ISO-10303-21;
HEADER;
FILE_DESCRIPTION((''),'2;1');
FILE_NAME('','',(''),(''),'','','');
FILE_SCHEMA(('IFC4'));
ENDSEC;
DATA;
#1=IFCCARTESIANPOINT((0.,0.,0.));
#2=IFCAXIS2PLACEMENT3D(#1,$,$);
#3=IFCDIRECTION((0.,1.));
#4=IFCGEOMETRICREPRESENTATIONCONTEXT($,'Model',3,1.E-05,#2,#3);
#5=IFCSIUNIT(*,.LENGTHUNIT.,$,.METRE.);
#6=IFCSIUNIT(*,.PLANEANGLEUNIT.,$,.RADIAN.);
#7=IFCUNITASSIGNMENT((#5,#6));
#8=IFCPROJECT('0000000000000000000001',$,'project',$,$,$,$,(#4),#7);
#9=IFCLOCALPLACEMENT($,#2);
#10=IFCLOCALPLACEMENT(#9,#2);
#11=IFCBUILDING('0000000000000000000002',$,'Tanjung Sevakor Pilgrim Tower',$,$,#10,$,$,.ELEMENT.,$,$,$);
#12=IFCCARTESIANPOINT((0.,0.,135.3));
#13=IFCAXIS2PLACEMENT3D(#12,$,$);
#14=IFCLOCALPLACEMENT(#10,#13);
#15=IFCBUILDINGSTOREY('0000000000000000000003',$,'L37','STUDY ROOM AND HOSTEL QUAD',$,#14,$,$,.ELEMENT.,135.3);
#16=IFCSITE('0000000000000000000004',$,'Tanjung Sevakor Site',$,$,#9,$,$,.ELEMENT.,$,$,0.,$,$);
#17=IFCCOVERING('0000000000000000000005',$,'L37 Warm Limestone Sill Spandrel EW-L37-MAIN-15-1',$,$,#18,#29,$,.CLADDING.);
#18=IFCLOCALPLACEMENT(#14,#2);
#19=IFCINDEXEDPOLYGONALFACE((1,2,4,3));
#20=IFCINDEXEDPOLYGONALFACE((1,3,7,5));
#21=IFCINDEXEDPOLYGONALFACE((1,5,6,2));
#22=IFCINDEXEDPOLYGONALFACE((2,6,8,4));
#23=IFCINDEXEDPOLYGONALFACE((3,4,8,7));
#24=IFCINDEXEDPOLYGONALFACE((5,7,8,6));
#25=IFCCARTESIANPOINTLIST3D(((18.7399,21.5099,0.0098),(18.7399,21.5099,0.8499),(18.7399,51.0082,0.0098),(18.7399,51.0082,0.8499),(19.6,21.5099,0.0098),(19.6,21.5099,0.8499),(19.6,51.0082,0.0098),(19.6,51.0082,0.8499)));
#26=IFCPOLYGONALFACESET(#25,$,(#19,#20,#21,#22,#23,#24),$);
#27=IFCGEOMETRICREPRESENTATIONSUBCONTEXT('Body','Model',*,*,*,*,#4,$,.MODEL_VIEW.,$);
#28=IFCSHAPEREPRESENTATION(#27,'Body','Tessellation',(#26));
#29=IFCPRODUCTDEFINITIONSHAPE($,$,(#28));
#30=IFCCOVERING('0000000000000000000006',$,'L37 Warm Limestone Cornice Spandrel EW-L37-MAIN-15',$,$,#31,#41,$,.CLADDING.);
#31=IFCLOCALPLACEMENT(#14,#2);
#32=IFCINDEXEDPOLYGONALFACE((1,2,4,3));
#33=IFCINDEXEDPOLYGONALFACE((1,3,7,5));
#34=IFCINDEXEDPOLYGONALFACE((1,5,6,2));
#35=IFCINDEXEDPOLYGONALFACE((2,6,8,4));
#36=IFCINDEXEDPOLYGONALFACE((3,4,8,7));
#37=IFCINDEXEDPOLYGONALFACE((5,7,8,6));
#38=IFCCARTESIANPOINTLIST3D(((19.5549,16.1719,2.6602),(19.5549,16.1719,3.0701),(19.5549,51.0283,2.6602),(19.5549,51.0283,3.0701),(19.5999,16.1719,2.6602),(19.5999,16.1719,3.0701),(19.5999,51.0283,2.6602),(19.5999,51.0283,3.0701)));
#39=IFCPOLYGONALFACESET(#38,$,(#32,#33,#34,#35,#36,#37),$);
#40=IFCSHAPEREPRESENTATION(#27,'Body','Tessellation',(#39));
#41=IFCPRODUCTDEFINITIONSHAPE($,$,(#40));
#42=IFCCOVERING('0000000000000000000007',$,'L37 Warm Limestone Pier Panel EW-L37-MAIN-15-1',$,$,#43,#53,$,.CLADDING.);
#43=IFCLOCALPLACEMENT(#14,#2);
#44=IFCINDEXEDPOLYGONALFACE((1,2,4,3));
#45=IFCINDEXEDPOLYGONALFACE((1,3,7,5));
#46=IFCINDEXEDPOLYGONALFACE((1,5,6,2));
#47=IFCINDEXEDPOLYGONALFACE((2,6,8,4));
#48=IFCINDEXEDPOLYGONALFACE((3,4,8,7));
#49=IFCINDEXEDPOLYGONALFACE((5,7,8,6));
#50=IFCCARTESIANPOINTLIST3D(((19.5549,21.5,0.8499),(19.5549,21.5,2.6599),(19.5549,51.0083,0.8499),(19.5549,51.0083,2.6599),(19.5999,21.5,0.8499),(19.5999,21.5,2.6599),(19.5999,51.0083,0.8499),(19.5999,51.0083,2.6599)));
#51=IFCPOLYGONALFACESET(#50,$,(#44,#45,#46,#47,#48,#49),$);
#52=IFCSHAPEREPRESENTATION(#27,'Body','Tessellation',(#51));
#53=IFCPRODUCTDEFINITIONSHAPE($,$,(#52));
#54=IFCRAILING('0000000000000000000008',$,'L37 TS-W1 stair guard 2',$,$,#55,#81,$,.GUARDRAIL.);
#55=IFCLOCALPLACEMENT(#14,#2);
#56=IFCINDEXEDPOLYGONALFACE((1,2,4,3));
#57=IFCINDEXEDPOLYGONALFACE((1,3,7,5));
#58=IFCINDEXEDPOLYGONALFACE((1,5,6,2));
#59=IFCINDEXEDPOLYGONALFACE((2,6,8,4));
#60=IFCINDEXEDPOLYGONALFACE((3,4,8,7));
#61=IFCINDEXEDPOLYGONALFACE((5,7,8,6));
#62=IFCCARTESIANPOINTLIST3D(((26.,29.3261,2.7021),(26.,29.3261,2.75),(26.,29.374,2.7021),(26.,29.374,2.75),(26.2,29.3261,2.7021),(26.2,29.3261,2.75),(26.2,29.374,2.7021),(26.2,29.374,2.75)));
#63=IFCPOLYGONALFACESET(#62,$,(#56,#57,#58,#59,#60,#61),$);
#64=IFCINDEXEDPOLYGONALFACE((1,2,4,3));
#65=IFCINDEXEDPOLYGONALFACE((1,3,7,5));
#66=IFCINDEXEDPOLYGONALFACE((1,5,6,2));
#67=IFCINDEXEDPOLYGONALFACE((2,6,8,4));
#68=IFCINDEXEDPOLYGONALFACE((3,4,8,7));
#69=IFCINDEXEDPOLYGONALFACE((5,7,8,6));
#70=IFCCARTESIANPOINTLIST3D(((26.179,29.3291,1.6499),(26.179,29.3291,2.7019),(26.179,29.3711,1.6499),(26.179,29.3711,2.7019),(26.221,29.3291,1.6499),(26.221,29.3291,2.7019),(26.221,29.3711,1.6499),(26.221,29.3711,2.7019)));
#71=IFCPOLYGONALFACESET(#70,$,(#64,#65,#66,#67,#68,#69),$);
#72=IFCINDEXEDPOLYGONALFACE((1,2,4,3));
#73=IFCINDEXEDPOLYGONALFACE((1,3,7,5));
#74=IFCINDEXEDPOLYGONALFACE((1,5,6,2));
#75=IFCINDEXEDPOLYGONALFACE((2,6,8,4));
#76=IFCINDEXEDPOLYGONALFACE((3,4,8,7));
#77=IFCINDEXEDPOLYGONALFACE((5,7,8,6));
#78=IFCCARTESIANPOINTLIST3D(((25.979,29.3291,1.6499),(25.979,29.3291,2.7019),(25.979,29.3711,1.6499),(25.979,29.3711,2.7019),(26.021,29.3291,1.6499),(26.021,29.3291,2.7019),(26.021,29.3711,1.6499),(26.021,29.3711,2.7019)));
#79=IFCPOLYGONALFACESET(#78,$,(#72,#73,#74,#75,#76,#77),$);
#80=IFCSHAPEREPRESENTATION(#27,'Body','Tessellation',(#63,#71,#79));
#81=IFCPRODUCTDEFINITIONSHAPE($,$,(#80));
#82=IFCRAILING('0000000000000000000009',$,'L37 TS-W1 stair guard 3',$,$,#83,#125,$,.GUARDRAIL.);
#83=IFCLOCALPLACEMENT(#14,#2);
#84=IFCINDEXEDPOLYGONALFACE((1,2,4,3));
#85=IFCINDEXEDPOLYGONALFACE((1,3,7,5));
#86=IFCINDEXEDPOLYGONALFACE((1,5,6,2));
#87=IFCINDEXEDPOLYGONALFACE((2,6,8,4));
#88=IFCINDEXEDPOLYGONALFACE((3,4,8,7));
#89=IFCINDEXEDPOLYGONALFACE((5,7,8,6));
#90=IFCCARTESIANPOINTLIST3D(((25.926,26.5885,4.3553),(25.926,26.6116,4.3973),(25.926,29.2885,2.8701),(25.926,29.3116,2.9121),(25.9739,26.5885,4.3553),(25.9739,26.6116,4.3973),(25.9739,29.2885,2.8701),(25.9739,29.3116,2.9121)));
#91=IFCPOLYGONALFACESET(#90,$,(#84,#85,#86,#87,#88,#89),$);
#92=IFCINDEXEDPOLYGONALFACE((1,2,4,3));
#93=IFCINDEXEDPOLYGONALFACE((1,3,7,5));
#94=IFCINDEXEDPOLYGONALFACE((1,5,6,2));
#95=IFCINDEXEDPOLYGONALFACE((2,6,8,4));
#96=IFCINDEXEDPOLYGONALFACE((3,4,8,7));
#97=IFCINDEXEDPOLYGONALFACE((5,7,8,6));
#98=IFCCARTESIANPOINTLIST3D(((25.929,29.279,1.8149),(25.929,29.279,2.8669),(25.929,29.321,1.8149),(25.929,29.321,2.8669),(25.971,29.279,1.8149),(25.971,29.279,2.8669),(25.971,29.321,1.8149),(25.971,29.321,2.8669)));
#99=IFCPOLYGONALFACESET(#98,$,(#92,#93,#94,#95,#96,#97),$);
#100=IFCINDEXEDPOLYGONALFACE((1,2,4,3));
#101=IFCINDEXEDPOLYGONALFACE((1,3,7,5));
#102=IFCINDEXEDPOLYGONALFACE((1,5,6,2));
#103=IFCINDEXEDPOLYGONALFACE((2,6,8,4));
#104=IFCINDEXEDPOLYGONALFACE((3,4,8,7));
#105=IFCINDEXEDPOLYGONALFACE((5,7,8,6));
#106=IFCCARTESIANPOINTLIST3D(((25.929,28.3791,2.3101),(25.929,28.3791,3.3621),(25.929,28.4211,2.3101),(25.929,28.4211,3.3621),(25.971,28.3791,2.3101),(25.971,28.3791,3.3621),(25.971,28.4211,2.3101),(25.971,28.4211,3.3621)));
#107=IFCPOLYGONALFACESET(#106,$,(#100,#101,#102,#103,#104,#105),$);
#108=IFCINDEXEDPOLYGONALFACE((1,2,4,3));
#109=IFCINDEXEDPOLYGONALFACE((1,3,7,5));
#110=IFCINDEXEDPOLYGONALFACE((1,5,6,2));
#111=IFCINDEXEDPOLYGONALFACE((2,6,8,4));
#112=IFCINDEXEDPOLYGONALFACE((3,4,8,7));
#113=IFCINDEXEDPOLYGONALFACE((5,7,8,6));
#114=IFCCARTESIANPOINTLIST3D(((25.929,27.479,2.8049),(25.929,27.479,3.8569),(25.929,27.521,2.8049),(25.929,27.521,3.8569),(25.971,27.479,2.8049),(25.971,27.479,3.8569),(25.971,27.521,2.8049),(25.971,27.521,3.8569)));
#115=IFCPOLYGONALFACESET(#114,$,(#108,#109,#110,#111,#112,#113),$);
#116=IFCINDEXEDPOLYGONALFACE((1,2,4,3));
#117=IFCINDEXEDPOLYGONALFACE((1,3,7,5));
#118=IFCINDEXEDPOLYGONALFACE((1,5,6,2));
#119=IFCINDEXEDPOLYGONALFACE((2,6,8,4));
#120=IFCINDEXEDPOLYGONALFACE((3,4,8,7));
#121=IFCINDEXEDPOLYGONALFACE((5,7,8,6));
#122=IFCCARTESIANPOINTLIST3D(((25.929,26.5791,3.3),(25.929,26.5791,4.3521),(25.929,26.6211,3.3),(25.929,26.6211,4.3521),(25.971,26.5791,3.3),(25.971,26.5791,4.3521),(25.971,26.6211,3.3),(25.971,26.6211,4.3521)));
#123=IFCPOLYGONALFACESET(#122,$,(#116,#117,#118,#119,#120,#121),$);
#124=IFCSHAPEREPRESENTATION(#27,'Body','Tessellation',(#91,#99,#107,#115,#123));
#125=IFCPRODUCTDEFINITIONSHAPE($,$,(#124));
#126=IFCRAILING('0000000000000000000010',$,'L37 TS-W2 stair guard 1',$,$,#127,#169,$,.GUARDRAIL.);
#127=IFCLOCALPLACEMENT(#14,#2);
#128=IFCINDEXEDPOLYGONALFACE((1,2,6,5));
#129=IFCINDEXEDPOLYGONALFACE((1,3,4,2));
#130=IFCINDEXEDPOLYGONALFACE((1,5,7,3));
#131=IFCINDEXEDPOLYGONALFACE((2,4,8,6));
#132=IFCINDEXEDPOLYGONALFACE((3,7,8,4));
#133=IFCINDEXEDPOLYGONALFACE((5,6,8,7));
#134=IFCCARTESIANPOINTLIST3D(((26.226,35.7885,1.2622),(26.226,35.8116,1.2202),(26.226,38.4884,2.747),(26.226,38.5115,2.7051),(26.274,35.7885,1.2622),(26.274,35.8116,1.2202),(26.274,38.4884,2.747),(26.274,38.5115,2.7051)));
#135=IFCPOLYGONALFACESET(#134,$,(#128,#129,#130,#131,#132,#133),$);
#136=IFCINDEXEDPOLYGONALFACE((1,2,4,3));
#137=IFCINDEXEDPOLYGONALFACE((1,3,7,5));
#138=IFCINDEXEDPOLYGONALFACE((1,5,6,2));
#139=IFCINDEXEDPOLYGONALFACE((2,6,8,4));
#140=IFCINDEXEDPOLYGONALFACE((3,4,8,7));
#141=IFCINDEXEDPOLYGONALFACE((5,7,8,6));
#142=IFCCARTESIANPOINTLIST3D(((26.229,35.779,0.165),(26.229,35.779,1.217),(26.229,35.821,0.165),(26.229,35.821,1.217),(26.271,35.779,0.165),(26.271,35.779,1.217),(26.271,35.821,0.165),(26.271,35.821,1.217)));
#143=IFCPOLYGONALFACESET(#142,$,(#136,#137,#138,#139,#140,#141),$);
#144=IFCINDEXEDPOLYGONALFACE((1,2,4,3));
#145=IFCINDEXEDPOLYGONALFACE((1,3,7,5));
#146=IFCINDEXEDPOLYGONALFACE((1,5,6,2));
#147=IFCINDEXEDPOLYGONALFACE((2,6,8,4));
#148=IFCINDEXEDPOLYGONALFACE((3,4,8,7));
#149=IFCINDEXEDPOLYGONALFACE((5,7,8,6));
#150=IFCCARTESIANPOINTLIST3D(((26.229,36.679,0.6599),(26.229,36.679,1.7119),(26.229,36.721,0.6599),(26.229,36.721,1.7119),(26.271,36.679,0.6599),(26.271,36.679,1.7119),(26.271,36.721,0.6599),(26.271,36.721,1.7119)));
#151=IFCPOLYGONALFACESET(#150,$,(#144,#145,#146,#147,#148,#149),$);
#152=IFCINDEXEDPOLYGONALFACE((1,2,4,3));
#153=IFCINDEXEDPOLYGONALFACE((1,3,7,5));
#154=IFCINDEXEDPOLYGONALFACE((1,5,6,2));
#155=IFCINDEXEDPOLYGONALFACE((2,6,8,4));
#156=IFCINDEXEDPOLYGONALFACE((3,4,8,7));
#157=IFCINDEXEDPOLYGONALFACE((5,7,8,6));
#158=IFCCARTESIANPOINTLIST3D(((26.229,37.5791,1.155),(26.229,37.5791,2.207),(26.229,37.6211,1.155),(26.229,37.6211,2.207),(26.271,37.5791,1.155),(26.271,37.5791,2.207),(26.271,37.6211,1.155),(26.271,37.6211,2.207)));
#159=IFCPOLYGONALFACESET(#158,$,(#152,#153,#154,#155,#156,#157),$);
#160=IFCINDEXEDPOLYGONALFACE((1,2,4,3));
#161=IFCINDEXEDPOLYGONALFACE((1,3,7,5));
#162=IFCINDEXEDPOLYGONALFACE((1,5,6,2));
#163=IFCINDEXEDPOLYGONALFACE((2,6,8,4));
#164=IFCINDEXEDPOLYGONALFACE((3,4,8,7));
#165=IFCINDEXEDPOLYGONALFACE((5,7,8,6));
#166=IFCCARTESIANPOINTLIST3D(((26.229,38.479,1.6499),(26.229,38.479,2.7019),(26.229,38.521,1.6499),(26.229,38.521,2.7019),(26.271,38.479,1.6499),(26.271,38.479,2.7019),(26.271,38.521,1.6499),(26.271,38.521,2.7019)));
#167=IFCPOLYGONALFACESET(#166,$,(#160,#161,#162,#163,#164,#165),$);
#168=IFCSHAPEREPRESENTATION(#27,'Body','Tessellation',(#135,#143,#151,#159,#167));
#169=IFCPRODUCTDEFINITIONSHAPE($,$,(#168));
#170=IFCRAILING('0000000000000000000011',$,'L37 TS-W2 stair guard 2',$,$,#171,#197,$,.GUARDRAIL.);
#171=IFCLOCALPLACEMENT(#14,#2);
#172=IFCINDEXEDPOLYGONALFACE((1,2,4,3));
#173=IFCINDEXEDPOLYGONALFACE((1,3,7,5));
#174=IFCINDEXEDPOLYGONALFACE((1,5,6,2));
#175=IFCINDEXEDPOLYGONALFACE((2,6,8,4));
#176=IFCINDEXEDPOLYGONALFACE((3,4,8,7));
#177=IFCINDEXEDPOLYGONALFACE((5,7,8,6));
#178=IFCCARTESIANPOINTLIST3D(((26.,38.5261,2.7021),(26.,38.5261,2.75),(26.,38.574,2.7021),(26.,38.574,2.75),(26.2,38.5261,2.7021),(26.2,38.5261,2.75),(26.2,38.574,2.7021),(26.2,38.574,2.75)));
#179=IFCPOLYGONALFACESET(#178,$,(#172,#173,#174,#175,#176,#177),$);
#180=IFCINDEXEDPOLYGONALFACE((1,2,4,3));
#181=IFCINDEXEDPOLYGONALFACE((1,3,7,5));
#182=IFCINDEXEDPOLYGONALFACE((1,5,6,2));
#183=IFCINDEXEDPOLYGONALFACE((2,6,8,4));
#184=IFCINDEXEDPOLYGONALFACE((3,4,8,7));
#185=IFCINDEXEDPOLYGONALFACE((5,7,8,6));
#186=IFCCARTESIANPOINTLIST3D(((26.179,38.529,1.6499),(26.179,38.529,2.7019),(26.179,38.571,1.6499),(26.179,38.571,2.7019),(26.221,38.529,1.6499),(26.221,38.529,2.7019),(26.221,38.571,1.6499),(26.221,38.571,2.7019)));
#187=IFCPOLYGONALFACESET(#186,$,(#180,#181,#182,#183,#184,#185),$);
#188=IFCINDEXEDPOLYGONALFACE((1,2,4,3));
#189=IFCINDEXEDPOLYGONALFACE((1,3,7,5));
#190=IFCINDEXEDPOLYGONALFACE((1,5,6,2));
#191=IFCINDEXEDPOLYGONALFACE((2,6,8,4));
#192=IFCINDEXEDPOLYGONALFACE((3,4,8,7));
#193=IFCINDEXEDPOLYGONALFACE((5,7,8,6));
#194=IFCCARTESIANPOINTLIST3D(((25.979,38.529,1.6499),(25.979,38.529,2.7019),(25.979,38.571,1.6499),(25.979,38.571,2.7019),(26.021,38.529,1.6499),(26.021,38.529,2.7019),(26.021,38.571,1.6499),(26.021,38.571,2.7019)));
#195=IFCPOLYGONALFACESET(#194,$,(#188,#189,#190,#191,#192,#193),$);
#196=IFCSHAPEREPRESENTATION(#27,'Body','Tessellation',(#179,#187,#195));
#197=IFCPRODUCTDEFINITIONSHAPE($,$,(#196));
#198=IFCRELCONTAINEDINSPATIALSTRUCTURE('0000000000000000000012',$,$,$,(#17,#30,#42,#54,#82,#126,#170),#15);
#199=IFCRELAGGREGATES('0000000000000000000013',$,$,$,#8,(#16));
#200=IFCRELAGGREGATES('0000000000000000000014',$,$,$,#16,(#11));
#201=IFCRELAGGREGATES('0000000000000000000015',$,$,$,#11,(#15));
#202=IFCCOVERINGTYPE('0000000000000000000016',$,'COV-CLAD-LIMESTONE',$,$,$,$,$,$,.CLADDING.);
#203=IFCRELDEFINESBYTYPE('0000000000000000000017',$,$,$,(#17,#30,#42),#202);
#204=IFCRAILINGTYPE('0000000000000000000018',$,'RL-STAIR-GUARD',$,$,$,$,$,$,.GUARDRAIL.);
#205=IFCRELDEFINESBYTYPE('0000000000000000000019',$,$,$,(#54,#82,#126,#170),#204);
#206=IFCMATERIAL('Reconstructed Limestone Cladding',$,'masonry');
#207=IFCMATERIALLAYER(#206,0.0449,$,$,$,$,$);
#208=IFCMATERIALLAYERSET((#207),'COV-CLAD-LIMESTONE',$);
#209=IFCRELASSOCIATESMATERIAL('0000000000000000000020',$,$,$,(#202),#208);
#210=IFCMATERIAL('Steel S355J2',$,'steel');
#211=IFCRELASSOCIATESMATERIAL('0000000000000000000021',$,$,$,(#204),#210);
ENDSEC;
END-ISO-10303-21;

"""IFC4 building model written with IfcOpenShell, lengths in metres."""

from ifc_helpers import new_model, si_unit, direction, frame, origin, origin_2d, place, context, subcontext, project, spatial, rectangle, extrude, material, layer, layer_set, type_object, element, save


model = new_model("IFC4")

# Units and contexts
model_context = context("Model", 3, precision=1e-05, world=origin(), true_north=direction((0.0, 1.0)))
body_context = subcontext(model_context, "Body", "Model", "MODEL_VIEW")
ifc_project = project(units=[si_unit("LENGTHUNIT", "METRE"), si_unit("PLANEANGLEUNIT", "RADIAN")], contexts=[model_context])

# Site, building, storey
site_placement = place(None, origin())
site = spatial("IfcSite", under=ifc_project, at=site_placement, Name="Tanjung Sevakor Site", CompositionType="ELEMENT", RefElevation=0.0)
building_placement = place(site_placement, origin())
building = spatial("IfcBuilding", under=site, at=building_placement, Name="Tanjung Sevakor Pilgrim Tower", CompositionType="ELEMENT")
storey_placement = place(building_placement, frame((0.0, 0.0, 135.3)))
storey = spatial("IfcBuildingStorey", under=building, at=storey_placement, Name="L37", Description="STUDY ROOM AND HOSTEL QUAD", CompositionType="ELEMENT", Elevation=135.3)

# Coverings
ifc_material_1 = material(Name="Reconstructed Limestone Cladding", Category="masonry")
ifc_layer_1 = layer(ifc_material_1, 0.0449)
ifc_layer_set_1 = layer_set([ifc_layer_1], Name="COV-CLAD-LIMESTONE")
covering_type = type_object("IfcCoveringType", Name="COV-CLAD-LIMESTONE", PredefinedType="CLADDING", material=ifc_layer_set_1)
covering_1_placement = place(storey_placement, frame((19.1699, 36.259, 0.0098), z_axis=(0.0, 0.0, 1.0), x_axis=(0.0, -1.0, 0.0)))
element("IfcCovering", 1, at=covering_1_placement, inside=storey, type_object=covering_type, Name="L37 Warm Limestone Sill Spandrel EW-L37-MAIN-15-1", PredefinedType="CLADDING", context=body_context, shape_type="SweptSolid", body=[
    extrude(rectangle(XDim=29.4983, YDim=0.8601, at=origin_2d()), origin(), (0.0, 0.0, 1.0), 0.8401),
])
covering_2_placement = place(storey_placement, frame((19.5774, 33.6001, 2.6602), z_axis=(0.0, 0.0, 1.0), x_axis=(0.0, -1.0, 0.0)))
element("IfcCovering", 2, at=covering_2_placement, inside=storey, type_object=covering_type, Name="L37 Warm Limestone Cornice Spandrel EW-L37-MAIN-15", PredefinedType="CLADDING", context=body_context, shape_type="SweptSolid", body=[
    extrude(rectangle(XDim=34.8564, YDim=0.0449, at=origin_2d()), origin(), (0.0, 0.0, 1.0), 0.4099),
])
covering_3_placement = place(storey_placement, frame((19.5774, 36.2542, 0.8499), z_axis=(0.0, 0.0, 1.0), x_axis=(0.0, -1.0, 0.0)))
element("IfcCovering", 3, at=covering_3_placement, inside=storey, type_object=covering_type, Name="L37 Warm Limestone Pier Panel EW-L37-MAIN-15-1", PredefinedType="CLADDING", context=body_context, shape_type="SweptSolid", body=[
    extrude(rectangle(XDim=29.5083, YDim=0.0449, at=origin_2d()), origin(), (0.0, 0.0, 1.0), 1.8101),
])

# Railings
ifc_material_2 = material(Name="Steel S355J2", Category="steel")
railing_type_1 = type_object("IfcRailingType", Name="RL-STAIR-GUARD", PredefinedType="GUARDRAIL", material=ifc_material_2)
railing_1_placement = place(storey_placement, frame((26.2, 29.3501, 1.6499)))
element("IfcRailing", 4, at=railing_1_placement, inside=storey, type_object=railing_type_1, Name="L37 TS-W1 stair guard 2", PredefinedType="GUARDRAIL", context=body_context, shape_type="SweptSolid", body=[
    extrude(rectangle(XDim=0.0479, YDim=0.0479), frame((0.0, 0.0, 1.0762), z_axis=(-1.0, 0.0, 0.0), x_axis=(0.0, -1.0, 0.0)), (0.0, 0.0, 1.0), 0.2),
    extrude(rectangle(XDim=0.042, YDim=0.042), origin(), (0.0, 0.0, 1.0), 1.052),
    extrude(rectangle(XDim=0.042, YDim=0.042), frame((-0.2, 0.0, 0.0)), (0.0, 0.0, 1.0), 1.052),
])
railing_2_placement = place(storey_placement, frame((25.95, 29.3, 1.8149)))
element("IfcRailing", 5, at=railing_2_placement, inside=storey, type_object=railing_type_1, Name="L37 TS-W1 stair guard 3", PredefinedType="GUARDRAIL", context=body_context, shape_type="SweptSolid", body=[
    extrude(rectangle(XDim=0.0479, YDim=0.0479), frame((0.0, 0.0, 1.0762), z_axis=(0.0, -0.876198, 0.481952), x_axis=(1.0, 0.0, 0.0)), (0.0, 0.0, 1.0), 3.0815),
    extrude(rectangle(XDim=0.042, YDim=0.042), origin(), (0.0, 0.0, 1.0), 1.052),
    extrude(rectangle(XDim=0.042, YDim=0.042), frame((0.0, -0.8999, 0.4951)), (0.0, 0.0, 1.0), 1.052),
    extrude(rectangle(XDim=0.042, YDim=0.042), frame((0.0, -1.8, 0.99)), (0.0, 0.0, 1.0), 1.052),
    extrude(rectangle(XDim=0.042, YDim=0.042), frame((0.0, -2.7, 1.4851)), (0.0, 0.0, 1.0), 1.052),
])
railing_3_placement = place(storey_placement, frame((26.25, 35.8, 0.165)))
element("IfcRailing", 6, at=railing_3_placement, inside=storey, type_object=railing_type_1, Name="L37 TS-W2 stair guard 1", PredefinedType="GUARDRAIL", context=body_context, shape_type="SweptSolid", body=[
    extrude(rectangle(XDim=0.0479, YDim=0.0479), frame((0.0, 0.0, 1.0762), z_axis=(0.0, 0.876231, 0.481891), x_axis=(-1.0, 0.0, 0.0)), (0.0, 0.0, 1.0), 3.0813),
    extrude(rectangle(XDim=0.042, YDim=0.042), origin(), (0.0, 0.0, 1.0), 1.052),
    extrude(rectangle(XDim=0.042, YDim=0.042), frame((0.0, 0.8999, 0.4949)), (0.0, 0.0, 1.0), 1.052),
    extrude(rectangle(XDim=0.042, YDim=0.042), frame((0.0, 1.8, 0.99)), (0.0, 0.0, 1.0), 1.052),
    extrude(rectangle(XDim=0.042, YDim=0.042), frame((0.0, 2.7, 1.4849)), (0.0, 0.0, 1.0), 1.052),
])
railing_4_placement = place(storey_placement, frame((26.2, 38.55, 1.6499)))
element("IfcRailing", 7, at=railing_4_placement, inside=storey, type_object=railing_type_1, Name="L37 TS-W2 stair guard 2", PredefinedType="GUARDRAIL", context=body_context, shape_type="SweptSolid", body=[
    extrude(rectangle(XDim=0.0479, YDim=0.0479), frame((0.0, 0.0, 1.0762), z_axis=(-1.0, 0.0, 0.0), x_axis=(0.0, -1.0, 0.0)), (0.0, 0.0, 1.0), 0.2),
    extrude(rectangle(XDim=0.042, YDim=0.042), origin(), (0.0, 0.0, 1.0), 1.052),
    extrude(rectangle(XDim=0.042, YDim=0.042), frame((-0.2, 0.0, 0.0)), (0.0, 0.0, 1.0), 1.052),
])

save(model, "model.ifc")
